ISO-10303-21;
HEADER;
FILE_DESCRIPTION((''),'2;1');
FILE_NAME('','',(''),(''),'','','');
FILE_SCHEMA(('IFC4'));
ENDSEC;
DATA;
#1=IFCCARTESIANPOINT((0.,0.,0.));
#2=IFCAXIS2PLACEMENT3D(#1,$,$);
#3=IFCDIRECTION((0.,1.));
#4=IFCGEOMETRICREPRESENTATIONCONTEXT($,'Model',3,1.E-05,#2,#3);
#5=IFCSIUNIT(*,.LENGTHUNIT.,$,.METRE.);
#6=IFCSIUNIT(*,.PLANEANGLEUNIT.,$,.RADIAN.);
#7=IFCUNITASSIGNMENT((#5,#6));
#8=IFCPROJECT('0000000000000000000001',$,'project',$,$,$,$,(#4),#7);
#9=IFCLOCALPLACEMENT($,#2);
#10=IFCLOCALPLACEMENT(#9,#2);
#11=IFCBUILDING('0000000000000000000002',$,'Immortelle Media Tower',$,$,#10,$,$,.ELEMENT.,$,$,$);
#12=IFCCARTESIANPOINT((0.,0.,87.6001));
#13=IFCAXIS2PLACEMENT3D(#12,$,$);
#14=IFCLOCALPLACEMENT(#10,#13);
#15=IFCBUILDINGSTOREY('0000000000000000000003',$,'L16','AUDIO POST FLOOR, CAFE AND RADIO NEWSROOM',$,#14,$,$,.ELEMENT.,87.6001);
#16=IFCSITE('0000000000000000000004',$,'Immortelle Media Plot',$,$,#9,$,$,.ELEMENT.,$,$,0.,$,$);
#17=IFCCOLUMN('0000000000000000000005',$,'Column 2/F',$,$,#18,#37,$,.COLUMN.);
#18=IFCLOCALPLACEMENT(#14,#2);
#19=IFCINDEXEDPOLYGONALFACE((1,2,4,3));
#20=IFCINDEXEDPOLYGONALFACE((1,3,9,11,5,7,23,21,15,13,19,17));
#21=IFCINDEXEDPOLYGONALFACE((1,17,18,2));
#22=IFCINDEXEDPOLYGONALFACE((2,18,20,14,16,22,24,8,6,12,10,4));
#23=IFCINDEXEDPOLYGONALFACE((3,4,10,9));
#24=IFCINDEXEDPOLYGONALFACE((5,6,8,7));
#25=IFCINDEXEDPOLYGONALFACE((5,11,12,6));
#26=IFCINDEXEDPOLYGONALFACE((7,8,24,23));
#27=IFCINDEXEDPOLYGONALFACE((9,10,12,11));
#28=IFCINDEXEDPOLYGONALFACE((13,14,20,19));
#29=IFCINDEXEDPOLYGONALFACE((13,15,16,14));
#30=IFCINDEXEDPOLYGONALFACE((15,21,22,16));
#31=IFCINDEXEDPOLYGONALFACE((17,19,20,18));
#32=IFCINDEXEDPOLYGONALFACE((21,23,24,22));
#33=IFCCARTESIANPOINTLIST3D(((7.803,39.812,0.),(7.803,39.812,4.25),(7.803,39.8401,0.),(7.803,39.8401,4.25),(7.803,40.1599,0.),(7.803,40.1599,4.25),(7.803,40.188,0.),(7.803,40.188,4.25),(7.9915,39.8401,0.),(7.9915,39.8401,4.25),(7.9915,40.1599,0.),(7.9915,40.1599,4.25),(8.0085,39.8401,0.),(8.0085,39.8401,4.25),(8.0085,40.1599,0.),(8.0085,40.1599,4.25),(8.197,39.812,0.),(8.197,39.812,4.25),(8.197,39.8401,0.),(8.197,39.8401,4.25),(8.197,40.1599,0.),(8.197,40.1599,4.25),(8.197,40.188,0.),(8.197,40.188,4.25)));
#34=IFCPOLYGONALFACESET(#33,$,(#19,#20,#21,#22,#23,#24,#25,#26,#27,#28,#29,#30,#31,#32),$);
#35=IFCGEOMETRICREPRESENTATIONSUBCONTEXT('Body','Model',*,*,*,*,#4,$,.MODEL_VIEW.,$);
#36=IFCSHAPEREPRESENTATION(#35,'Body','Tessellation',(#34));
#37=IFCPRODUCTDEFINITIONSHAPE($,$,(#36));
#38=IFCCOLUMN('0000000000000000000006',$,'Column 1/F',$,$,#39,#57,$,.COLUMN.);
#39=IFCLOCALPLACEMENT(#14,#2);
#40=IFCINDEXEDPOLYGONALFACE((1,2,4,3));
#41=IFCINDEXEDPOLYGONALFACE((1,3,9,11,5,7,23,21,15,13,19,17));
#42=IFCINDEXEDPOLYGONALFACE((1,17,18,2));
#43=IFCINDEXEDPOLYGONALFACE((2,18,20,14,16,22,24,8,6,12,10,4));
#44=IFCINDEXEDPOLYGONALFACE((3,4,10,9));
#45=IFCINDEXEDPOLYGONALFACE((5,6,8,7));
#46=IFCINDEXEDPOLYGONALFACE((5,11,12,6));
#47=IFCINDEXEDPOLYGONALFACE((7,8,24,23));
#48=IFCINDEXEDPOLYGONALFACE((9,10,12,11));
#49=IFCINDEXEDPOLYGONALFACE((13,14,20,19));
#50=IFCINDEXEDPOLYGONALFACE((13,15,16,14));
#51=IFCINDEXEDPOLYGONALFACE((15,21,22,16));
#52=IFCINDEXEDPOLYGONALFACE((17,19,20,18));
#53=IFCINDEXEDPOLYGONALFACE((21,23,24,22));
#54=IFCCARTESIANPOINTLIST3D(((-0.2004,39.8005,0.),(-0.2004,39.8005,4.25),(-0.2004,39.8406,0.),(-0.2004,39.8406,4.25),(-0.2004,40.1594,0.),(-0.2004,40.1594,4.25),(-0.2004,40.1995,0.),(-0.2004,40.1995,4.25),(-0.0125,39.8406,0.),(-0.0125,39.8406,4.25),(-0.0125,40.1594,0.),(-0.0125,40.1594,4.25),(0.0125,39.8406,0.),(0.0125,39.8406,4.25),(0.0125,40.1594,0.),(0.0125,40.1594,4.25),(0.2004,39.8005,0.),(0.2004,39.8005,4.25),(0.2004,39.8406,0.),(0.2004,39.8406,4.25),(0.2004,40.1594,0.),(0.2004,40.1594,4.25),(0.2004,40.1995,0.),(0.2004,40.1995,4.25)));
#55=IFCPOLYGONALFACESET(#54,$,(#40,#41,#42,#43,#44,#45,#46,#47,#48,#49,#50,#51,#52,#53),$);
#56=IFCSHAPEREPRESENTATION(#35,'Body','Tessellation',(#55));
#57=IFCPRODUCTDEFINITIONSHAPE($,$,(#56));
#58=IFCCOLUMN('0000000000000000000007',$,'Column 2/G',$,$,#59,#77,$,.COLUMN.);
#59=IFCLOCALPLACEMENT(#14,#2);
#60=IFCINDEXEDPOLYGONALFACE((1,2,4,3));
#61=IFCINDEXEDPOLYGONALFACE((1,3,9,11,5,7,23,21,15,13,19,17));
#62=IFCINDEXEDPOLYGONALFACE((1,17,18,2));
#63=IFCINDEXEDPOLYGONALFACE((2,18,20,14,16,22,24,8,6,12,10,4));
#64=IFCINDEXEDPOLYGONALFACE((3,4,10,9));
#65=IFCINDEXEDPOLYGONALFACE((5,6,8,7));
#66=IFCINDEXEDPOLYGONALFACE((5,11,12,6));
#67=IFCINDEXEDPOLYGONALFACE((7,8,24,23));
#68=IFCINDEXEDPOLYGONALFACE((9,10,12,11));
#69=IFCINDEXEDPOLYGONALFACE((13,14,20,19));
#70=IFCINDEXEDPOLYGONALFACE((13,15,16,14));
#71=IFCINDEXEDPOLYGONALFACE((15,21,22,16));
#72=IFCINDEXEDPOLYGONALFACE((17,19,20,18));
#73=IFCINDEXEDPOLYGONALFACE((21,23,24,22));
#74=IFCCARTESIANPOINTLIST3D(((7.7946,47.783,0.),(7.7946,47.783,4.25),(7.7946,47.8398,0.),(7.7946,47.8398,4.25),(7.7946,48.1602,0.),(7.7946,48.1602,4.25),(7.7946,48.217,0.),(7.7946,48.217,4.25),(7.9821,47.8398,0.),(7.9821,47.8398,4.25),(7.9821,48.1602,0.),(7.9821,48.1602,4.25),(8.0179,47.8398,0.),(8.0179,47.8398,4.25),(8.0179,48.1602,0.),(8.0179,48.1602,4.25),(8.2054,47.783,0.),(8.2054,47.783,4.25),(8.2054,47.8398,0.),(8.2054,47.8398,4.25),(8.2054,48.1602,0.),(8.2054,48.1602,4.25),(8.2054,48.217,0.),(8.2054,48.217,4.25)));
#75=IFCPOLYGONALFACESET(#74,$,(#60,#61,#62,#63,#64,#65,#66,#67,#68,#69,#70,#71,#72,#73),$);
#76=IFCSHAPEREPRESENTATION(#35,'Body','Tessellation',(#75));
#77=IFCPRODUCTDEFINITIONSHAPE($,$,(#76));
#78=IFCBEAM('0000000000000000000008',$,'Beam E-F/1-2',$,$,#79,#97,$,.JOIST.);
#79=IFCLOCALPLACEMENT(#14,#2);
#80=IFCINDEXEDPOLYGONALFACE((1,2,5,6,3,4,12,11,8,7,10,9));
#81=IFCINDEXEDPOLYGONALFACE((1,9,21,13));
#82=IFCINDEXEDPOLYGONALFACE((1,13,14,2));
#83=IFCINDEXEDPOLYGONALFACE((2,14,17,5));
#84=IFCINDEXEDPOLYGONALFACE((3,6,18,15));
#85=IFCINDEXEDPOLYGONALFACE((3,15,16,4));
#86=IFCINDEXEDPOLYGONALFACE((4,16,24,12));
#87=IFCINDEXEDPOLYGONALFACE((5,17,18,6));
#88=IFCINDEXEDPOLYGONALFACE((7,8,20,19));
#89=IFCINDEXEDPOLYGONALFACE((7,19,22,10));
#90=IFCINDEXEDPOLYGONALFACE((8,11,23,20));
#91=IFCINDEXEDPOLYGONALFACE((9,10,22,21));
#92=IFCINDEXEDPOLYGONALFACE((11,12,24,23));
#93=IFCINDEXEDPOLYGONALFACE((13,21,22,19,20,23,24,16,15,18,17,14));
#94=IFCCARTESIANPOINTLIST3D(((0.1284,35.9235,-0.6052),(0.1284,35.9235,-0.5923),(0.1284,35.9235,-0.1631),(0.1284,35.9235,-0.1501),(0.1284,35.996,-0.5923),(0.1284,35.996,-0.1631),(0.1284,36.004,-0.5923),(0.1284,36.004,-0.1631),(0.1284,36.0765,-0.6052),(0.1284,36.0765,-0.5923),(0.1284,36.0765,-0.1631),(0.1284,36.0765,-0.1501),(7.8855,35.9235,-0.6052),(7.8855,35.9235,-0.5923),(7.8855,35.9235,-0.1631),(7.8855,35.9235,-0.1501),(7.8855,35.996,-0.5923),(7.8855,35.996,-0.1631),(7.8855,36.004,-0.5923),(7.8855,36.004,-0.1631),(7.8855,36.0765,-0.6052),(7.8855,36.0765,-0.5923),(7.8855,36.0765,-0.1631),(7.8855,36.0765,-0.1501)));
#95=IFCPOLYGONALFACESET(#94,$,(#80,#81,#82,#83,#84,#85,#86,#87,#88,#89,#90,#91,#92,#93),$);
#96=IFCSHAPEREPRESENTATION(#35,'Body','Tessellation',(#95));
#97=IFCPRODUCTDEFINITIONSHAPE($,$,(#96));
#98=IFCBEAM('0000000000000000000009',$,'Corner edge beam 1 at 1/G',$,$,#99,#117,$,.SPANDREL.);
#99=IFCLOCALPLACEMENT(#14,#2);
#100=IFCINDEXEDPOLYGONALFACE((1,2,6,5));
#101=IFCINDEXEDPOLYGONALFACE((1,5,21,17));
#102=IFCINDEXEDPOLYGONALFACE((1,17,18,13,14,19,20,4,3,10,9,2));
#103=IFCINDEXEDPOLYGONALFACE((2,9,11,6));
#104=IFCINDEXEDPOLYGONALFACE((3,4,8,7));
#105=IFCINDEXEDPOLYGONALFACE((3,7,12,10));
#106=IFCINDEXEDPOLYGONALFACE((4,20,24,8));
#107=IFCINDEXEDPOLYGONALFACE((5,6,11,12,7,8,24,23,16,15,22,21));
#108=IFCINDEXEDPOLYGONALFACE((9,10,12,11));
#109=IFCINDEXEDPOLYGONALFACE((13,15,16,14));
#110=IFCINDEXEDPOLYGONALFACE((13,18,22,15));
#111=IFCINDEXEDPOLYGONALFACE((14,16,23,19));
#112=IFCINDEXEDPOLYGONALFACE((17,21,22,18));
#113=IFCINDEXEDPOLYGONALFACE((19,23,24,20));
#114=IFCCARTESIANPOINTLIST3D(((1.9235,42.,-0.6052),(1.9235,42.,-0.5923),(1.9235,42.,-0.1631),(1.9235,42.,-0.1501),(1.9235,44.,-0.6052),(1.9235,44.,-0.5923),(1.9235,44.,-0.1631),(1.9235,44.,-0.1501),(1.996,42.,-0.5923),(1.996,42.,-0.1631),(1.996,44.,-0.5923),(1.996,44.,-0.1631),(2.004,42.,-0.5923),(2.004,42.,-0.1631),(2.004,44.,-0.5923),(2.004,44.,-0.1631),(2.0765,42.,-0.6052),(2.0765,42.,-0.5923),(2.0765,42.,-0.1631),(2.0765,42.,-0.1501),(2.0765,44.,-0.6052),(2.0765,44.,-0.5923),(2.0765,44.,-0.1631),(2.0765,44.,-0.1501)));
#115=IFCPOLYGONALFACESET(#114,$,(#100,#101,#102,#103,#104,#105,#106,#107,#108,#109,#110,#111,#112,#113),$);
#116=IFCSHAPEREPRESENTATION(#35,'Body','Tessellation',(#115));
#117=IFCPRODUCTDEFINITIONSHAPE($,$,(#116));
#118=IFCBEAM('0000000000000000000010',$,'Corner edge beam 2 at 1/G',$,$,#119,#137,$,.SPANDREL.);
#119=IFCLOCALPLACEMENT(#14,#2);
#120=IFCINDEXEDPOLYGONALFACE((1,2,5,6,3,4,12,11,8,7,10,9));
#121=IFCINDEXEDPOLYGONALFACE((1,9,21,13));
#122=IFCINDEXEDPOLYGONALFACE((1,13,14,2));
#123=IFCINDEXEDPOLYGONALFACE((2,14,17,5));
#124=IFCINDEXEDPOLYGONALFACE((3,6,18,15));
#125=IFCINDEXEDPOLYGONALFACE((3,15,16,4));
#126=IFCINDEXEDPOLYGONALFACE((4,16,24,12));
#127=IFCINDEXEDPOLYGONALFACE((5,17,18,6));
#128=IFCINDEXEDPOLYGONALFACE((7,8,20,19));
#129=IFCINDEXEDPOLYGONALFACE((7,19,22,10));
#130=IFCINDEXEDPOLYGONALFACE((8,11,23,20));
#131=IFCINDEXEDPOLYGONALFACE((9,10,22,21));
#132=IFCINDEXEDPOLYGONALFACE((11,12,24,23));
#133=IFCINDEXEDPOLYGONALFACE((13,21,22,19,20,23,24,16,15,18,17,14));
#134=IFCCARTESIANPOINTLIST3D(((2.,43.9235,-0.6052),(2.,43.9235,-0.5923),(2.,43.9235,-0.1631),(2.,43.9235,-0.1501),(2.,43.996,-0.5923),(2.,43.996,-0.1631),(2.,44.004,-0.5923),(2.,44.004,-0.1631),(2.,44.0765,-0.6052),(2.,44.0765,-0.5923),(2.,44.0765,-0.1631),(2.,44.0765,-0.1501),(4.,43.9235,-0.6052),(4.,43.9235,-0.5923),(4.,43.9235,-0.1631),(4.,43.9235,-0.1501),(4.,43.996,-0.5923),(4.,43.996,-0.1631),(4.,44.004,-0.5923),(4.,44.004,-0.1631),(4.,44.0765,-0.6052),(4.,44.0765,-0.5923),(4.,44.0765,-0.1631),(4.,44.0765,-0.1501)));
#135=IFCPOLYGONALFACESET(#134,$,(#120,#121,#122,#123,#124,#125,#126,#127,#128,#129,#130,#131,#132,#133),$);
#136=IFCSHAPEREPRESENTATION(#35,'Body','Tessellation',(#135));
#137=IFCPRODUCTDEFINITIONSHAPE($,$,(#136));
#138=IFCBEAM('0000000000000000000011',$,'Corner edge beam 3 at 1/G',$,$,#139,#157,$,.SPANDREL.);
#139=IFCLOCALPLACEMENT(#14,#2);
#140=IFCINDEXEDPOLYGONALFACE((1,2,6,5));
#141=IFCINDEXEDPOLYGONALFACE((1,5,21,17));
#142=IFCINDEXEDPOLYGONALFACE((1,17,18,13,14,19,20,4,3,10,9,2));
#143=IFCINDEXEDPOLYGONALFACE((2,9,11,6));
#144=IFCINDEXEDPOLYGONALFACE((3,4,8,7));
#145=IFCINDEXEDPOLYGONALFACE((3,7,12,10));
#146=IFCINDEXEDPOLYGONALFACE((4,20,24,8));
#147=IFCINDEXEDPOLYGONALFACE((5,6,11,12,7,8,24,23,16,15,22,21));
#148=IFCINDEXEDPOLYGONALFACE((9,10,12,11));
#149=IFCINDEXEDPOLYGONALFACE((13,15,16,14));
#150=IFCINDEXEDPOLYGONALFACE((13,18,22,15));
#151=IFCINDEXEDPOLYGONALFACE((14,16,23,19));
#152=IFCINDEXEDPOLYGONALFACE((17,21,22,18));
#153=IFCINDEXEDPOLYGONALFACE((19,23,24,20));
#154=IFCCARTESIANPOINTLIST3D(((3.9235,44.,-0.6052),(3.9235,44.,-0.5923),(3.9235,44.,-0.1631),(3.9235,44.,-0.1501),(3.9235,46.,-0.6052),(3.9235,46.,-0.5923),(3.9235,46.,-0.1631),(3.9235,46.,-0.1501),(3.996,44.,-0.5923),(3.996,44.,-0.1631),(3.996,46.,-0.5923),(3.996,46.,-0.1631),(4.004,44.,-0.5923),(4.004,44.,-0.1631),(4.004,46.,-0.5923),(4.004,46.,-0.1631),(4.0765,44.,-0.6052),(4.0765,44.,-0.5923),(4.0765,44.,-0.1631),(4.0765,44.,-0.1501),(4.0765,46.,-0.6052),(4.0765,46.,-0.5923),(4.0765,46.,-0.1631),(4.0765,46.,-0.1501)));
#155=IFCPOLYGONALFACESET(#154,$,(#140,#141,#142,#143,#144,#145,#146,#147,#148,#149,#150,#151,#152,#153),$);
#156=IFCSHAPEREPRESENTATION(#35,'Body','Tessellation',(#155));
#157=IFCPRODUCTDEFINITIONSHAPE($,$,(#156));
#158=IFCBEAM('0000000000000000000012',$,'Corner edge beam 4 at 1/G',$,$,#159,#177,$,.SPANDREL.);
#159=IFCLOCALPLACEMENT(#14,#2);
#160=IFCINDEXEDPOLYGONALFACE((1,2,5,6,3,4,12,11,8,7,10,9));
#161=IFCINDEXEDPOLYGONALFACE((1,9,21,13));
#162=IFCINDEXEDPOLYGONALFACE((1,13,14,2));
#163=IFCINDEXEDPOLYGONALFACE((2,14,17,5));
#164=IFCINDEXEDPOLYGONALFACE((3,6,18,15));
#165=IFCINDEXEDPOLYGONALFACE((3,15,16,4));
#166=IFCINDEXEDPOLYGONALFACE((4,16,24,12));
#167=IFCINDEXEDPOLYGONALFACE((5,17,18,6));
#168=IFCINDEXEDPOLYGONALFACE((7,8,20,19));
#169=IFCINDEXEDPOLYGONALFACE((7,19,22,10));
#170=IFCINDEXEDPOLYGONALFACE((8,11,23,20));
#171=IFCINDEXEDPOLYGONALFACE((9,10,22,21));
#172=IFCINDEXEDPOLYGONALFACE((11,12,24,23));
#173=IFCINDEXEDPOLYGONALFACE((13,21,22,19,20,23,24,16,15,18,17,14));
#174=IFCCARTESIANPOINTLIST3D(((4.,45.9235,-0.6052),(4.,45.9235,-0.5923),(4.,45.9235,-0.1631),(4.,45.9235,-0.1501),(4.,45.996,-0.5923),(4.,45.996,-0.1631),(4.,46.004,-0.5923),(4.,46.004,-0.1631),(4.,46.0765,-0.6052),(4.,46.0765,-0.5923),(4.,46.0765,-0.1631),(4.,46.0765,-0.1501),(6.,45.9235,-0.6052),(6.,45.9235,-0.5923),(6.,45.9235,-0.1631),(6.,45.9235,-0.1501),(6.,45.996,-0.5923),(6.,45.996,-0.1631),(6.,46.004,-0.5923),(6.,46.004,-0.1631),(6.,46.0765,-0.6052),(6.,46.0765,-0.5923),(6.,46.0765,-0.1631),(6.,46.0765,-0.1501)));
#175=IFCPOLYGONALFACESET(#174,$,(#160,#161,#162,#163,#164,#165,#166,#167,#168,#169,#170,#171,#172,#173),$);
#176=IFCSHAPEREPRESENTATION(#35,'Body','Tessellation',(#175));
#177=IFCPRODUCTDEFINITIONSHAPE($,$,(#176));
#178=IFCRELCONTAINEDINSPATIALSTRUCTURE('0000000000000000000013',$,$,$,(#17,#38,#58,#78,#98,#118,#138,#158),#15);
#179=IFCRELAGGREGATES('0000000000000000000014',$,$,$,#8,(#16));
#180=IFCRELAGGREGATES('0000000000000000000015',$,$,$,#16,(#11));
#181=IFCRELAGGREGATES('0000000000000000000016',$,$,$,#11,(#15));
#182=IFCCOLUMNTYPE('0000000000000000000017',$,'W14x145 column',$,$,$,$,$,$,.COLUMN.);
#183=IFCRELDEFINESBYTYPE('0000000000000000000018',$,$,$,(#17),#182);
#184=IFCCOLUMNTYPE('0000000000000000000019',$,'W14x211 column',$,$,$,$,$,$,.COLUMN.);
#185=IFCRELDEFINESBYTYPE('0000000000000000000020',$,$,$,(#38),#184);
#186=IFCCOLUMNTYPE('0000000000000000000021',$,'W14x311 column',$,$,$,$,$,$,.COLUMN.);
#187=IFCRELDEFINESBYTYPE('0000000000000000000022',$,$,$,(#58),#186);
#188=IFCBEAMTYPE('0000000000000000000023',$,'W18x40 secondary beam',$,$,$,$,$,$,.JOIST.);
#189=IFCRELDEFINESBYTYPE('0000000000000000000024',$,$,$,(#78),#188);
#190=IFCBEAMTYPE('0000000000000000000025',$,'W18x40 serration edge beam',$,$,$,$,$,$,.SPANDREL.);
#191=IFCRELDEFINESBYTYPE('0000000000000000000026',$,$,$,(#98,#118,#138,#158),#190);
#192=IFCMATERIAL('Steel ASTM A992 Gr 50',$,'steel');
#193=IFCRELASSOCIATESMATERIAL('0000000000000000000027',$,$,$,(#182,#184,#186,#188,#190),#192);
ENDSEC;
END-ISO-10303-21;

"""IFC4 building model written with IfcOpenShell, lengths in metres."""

from ifc_helpers import new_model, si_unit, direction, frame, origin, origin_2d, place, context, subcontext, project, spatial, i_section, extrude, material, material_profile, profile_set, type_object, element, save


model = new_model("IFC4")

# Units and contexts
model_context = context("Model", 3, precision=1e-05, world=origin(), true_north=direction((0.0, 1.0)))
body_context = subcontext(model_context, "Body", "Model", "MODEL_VIEW")
ifc_project = project(units=[si_unit("LENGTHUNIT", "METRE"), si_unit("PLANEANGLEUNIT", "RADIAN")], contexts=[model_context])

# Site, building, storey
site_placement = place(None, origin())
site = spatial("IfcSite", under=ifc_project, at=site_placement, Name="Immortelle Media Plot", CompositionType="ELEMENT", RefElevation=0.0)
building_placement = place(site_placement, origin())
building = spatial("IfcBuilding", under=site, at=building_placement, Name="Immortelle Media Tower", CompositionType="ELEMENT")
storey_placement = place(building_placement, frame((0.0, 0.0, 87.6001)))
storey = spatial("IfcBuildingStorey", under=building, at=storey_placement, Name="L16", Description="AUDIO POST FLOOR, CAFE AND RADIO NEWSROOM", CompositionType="ELEMENT", Elevation=87.6001)

# Columns
ifc_material_1 = material(Name="Steel ASTM A992 Gr 50", Category="steel")
ifc_material_profile_1 = material_profile(ifc_material_1, i_section(OverallWidth=0.394, OverallDepth=0.376, WebThickness=0.0171, FlangeThickness=0.0281, at=origin_2d()), Name="W14x145")
ifc_profile_set_1 = profile_set([ifc_material_profile_1], Name="Steel ASTM A992 Gr 50")
column_type_1 = type_object("IfcColumnType", Name="W14x145 column", PredefinedType="COLUMN", material=ifc_profile_set_1)
column_1_placement = place(storey_placement, frame((8.0, 40.0, 0.0), z_axis=(0.0, 0.0, 1.0), x_axis=(1.0, 0.0, 0.0)))
element("IfcColumn", 1, at=column_1_placement, inside=storey, type_object=column_type_1, Name="Column 2/F", PredefinedType="COLUMN", context=body_context, shape_type="SweptSolid", body=[
    extrude(i_section(OverallWidth=0.394, OverallDepth=0.376, WebThickness=0.0171, FlangeThickness=0.0281, at=origin_2d()), origin(), (0.0, 0.0, 1.0), 4.25),
])
ifc_material_profile_2 = material_profile(ifc_material_1, i_section(OverallWidth=0.4009, OverallDepth=0.3989, WebThickness=0.0249, FlangeThickness=0.04, at=origin_2d()), Name="W14x211")
ifc_profile_set_2 = profile_set([ifc_material_profile_2], Name="Steel ASTM A992 Gr 50")
column_type_2 = type_object("IfcColumnType", Name="W14x211 column", PredefinedType="COLUMN", material=ifc_profile_set_2)
column_2_placement = place(storey_placement, frame((0.0, 40.0, 0.0), z_axis=(0.0, 0.0, 1.0), x_axis=(1.0, 0.0, 0.0)))
element("IfcColumn", 2, at=column_2_placement, inside=storey, type_object=column_type_2, Name="Column 1/F", PredefinedType="COLUMN", context=body_context, shape_type="SweptSolid", body=[
    extrude(i_section(OverallWidth=0.4009, OverallDepth=0.3989, WebThickness=0.0249, FlangeThickness=0.04, at=origin_2d()), origin(), (0.0, 0.0, 1.0), 4.25),
])
ifc_material_profile_3 = material_profile(ifc_material_1, i_section(OverallWidth=0.4109, OverallDepth=0.4341, WebThickness=0.0359, FlangeThickness=0.0569, at=origin_2d()), Name="W14x311")
ifc_profile_set_3 = profile_set([ifc_material_profile_3], Name="Steel ASTM A992 Gr 50")
column_type_3 = type_object("IfcColumnType", Name="W14x311 column", PredefinedType="COLUMN", material=ifc_profile_set_3)
column_3_placement = place(storey_placement, frame((8.0, 48.0, 0.0), z_axis=(0.0, 0.0, 1.0), x_axis=(1.0, 0.0, 0.0)))
element("IfcColumn", 3, at=column_3_placement, inside=storey, type_object=column_type_3, Name="Column 2/G", PredefinedType="COLUMN", context=body_context, shape_type="SweptSolid", body=[
    extrude(i_section(OverallWidth=0.4109, OverallDepth=0.4341, WebThickness=0.0359, FlangeThickness=0.0569, at=origin_2d()), origin(), (0.0, 0.0, 1.0), 4.25),
])

# Beams
ifc_material_profile_4 = material_profile(ifc_material_1, i_section(OverallWidth=0.1531, OverallDepth=0.4551, WebThickness=0.0081, FlangeThickness=0.0129, at=origin_2d()), Name="W18x40")
ifc_profile_set_4 = profile_set([ifc_material_profile_4], Name="Steel ASTM A992 Gr 50")
beam_type_1 = type_object("IfcBeamType", Name="W18x40 secondary beam", PredefinedType="JOIST", material=ifc_profile_set_4)
beam_1_placement = place(storey_placement, frame((0.1284, 36.0, -0.3777), z_axis=(1.0, 0.0, 0.0), x_axis=(0.0, 1.0, 0.0)))
element("IfcBeam", 4, at=beam_1_placement, inside=storey, type_object=beam_type_1, Name="Beam E-F/1-2", PredefinedType="JOIST", context=body_context, shape_type="SweptSolid", body=[
    extrude(i_section(OverallWidth=0.1531, OverallDepth=0.4551, WebThickness=0.0081, FlangeThickness=0.0129, at=origin_2d()), origin(), (0.0, 0.0, 1.0), 7.7571),
])
ifc_material_profile_5 = material_profile(ifc_material_1, i_section(OverallWidth=0.1531, OverallDepth=0.4551, WebThickness=0.0081, FlangeThickness=0.0129, at=origin_2d()), Name="W18x40")
ifc_profile_set_5 = profile_set([ifc_material_profile_5], Name="Steel ASTM A992 Gr 50")
beam_type_2 = type_object("IfcBeamType", Name="W18x40 serration edge beam", PredefinedType="SPANDREL", material=ifc_profile_set_5)
for number, where, z_axis, x_axis, name in (
    (5, (2.0, 42.0, -0.3777), (0.0, 1.0, 0.0), (-1.0, 0.0, 0.0), "Corner edge beam 1 at 1/G"),
    (6, (2.0, 44.0, -0.3777), (1.0, 0.0, 0.0), (0.0, 1.0, 0.0), "Corner edge beam 2 at 1/G"),
    (7, (4.0, 44.0, -0.3777), (0.0, 1.0, 0.0), (-1.0, 0.0, 0.0), "Corner edge beam 3 at 1/G"),
    (8, (4.0, 46.0, -0.3777), (1.0, 0.0, 0.0), (0.0, 1.0, 0.0), "Corner edge beam 4 at 1/G"),
):
    element("IfcBeam", number, at=place(storey_placement, frame(where, z_axis=z_axis, x_axis=x_axis)), inside=storey, type_object=beam_type_2, Name=name, PredefinedType="SPANDREL", context=body_context, shape_type="SweptSolid", body=[
        extrude(i_section(OverallWidth=0.1531, OverallDepth=0.4551, WebThickness=0.0081, FlangeThickness=0.0129, at=origin_2d()), origin(), (0.0, 0.0, 1.0), 2.0),
    ])

save(model, "model.ifc")
